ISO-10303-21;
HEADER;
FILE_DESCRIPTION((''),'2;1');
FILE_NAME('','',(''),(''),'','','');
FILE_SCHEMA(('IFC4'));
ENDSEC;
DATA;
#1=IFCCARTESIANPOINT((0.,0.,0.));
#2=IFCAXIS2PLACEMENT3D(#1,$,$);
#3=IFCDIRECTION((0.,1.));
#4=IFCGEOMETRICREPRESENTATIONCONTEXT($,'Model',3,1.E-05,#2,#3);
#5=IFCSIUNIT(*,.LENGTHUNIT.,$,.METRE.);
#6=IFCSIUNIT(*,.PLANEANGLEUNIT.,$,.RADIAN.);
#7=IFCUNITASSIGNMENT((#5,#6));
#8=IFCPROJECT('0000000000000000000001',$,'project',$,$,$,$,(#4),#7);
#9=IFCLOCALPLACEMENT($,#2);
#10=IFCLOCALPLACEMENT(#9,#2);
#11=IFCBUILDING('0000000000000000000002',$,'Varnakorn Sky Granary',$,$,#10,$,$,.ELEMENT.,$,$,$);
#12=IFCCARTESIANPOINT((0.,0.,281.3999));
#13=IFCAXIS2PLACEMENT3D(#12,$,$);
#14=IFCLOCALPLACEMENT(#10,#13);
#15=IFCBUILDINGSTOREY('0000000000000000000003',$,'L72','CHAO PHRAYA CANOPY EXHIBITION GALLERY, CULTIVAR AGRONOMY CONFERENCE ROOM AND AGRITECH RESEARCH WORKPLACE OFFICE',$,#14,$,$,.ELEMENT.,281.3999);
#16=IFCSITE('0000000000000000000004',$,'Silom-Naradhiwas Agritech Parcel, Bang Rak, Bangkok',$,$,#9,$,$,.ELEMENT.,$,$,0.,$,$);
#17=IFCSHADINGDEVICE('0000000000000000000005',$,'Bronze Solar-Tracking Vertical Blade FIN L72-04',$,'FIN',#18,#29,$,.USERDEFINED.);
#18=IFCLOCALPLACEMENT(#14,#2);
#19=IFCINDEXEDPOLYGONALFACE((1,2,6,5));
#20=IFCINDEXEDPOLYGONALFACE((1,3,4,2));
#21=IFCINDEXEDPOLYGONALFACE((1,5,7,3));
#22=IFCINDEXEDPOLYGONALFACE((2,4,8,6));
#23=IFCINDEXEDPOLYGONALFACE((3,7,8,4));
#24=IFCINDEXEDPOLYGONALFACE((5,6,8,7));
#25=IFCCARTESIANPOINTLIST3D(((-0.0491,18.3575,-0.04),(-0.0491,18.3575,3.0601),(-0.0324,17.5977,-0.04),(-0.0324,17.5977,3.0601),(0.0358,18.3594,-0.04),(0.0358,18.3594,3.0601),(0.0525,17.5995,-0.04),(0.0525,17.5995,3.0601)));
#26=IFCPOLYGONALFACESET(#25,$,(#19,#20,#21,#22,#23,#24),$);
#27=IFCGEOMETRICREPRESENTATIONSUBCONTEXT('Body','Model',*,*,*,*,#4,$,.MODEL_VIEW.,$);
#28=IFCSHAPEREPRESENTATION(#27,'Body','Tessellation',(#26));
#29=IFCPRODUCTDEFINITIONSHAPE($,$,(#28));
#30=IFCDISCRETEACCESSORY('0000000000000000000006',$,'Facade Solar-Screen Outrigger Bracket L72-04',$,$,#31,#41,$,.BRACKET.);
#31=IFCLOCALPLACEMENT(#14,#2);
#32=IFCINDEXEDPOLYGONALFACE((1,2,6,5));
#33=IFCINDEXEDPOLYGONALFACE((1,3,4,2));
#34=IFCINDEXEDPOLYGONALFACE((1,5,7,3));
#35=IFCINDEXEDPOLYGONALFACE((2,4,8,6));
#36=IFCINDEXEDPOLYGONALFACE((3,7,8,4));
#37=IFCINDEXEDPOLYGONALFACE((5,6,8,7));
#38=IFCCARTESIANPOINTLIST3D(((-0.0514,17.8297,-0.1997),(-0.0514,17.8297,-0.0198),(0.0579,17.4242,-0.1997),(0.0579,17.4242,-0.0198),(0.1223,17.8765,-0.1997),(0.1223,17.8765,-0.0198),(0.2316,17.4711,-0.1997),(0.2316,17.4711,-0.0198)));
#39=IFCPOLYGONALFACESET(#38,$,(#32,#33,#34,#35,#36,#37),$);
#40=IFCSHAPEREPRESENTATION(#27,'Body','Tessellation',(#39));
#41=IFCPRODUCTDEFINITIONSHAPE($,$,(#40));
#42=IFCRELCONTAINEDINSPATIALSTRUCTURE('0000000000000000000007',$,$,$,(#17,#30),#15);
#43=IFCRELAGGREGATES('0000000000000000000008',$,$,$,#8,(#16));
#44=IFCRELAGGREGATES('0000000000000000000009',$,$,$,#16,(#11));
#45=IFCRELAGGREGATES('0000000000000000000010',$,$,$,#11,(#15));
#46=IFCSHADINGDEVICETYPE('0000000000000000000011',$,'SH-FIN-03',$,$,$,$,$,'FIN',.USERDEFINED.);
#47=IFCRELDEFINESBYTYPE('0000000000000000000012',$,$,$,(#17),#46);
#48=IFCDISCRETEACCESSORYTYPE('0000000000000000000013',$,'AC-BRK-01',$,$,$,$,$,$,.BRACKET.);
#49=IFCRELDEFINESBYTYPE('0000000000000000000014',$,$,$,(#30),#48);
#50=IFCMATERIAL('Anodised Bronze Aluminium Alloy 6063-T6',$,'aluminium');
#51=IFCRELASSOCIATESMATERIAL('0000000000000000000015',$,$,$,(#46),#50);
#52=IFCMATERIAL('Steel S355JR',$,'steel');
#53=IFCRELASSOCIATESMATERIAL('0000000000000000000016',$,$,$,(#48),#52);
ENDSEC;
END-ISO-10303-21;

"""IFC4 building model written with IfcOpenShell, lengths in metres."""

from ifc_helpers import new_model, si_unit, direction, frame, origin, origin_2d, place, context, subcontext, project, spatial, rectangle, extrude, source, transform, mapped, material, type_object, type_shapes, element, save


model = new_model("IFC4")

# Units and contexts
model_context = context("Model", 3, precision=1e-05, world=origin(), true_north=direction((0.0, 1.0)))
body_context = subcontext(model_context, "Body", "Model", "MODEL_VIEW")
ifc_project = project(units=[si_unit("LENGTHUNIT", "METRE"), si_unit("PLANEANGLEUNIT", "RADIAN")], contexts=[model_context])

# Site, building, storey
site_placement = place(None, origin())
site = spatial("IfcSite", under=ifc_project, at=site_placement, Name="Silom-Naradhiwas Agritech Parcel, Bang Rak, Bangkok", CompositionType="ELEMENT", RefElevation=0.0)
building_placement = place(site_placement, origin())
building = spatial("IfcBuilding", under=site, at=building_placement, Name="Varnakorn Sky Granary", CompositionType="ELEMENT")
storey_placement = place(building_placement, frame((0.0, 0.0, 281.3999)))
storey = spatial("IfcBuildingStorey", under=building, at=storey_placement, Name="L72", Description="CHAO PHRAYA CANOPY EXHIBITION GALLERY, CULTIVAR AGRONOMY CONFERENCE ROOM AND AGRITECH RESEARCH WORKPLACE OFFICE", CompositionType="ELEMENT", Elevation=281.3999)

# Shared definitions
ifc_material_1 = material(Name="Steel S355JR", Category="steel")

# Shared definitions
ifc_material_2 = material(Name="Anodised Bronze Aluminium Alloy 6063-T6", Category="aluminium")

# Shading device
shading_device_type = type_object("IfcShadingDeviceType", Name="SH-FIN-03", ElementType="FIN", PredefinedType="USERDEFINED", material=ifc_material_2)
shared_shape_1 = source(origin(), body_context, "Body", "SweptSolid", [
    extrude(rectangle(XDim=0.085, YDim=0.76, at=origin_2d()), origin(), (0.0, 0.0, 1.0), 3.1001),
])
type_shapes(shading_device_type, [shared_shape_1])
shading_device_placement = place(storey_placement, frame((0.0017, 17.9785, -0.04), z_axis=(0.0, 0.0, 1.0), x_axis=(-0.999758, -0.022017, 0.0)))
element("IfcShadingDevice", 1, at=shading_device_placement, inside=storey, type_object=shading_device_type, Name="Bronze Solar-Tracking Vertical Blade FIN L72-04", ObjectType="FIN", PredefinedType="USERDEFINED", context=body_context, shape_type="MappedRepresentation", body=[
    mapped(shared_shape_1, transform((0.0, 0.0, 0.0), x_axis=(1.0, 0.0, 0.0), y_axis=(0.0, 1.0, 0.0), z_axis=(0.0, 0.0, 1.0), scale=1.0)),
])

# Discrete accessory
discrete_accessory_type = type_object("IfcDiscreteAccessoryType", Name="AC-BRK-01", PredefinedType="BRACKET", material=ifc_material_1)
shared_shape_2 = source(origin(), body_context, "Body", "SweptSolid", [
    extrude(rectangle(XDim=0.1799, YDim=0.4199, at=origin_2d()), origin(), (0.0, 0.0, 1.0), 0.1799),
])
type_shapes(discrete_accessory_type, [shared_shape_2])
discrete_accessory_placement = place(storey_placement, frame((0.0901, 17.6504, -0.1997), z_axis=(0.0, 0.0, 1.0), x_axis=(-0.965508, -0.260373, 0.0)))
element("IfcDiscreteAccessory", 2, at=discrete_accessory_placement, inside=storey, type_object=discrete_accessory_type, Name="Facade Solar-Screen Outrigger Bracket L72-04", PredefinedType="BRACKET", context=body_context, shape_type="MappedRepresentation", body=[
    mapped(shared_shape_2, transform((0.0, 0.0, 0.0), x_axis=(1.0, 0.0, 0.0), y_axis=(0.0, 1.0, 0.0), z_axis=(0.0, 0.0, 1.0), scale=1.0)),
])

save(model, "model.ifc")
